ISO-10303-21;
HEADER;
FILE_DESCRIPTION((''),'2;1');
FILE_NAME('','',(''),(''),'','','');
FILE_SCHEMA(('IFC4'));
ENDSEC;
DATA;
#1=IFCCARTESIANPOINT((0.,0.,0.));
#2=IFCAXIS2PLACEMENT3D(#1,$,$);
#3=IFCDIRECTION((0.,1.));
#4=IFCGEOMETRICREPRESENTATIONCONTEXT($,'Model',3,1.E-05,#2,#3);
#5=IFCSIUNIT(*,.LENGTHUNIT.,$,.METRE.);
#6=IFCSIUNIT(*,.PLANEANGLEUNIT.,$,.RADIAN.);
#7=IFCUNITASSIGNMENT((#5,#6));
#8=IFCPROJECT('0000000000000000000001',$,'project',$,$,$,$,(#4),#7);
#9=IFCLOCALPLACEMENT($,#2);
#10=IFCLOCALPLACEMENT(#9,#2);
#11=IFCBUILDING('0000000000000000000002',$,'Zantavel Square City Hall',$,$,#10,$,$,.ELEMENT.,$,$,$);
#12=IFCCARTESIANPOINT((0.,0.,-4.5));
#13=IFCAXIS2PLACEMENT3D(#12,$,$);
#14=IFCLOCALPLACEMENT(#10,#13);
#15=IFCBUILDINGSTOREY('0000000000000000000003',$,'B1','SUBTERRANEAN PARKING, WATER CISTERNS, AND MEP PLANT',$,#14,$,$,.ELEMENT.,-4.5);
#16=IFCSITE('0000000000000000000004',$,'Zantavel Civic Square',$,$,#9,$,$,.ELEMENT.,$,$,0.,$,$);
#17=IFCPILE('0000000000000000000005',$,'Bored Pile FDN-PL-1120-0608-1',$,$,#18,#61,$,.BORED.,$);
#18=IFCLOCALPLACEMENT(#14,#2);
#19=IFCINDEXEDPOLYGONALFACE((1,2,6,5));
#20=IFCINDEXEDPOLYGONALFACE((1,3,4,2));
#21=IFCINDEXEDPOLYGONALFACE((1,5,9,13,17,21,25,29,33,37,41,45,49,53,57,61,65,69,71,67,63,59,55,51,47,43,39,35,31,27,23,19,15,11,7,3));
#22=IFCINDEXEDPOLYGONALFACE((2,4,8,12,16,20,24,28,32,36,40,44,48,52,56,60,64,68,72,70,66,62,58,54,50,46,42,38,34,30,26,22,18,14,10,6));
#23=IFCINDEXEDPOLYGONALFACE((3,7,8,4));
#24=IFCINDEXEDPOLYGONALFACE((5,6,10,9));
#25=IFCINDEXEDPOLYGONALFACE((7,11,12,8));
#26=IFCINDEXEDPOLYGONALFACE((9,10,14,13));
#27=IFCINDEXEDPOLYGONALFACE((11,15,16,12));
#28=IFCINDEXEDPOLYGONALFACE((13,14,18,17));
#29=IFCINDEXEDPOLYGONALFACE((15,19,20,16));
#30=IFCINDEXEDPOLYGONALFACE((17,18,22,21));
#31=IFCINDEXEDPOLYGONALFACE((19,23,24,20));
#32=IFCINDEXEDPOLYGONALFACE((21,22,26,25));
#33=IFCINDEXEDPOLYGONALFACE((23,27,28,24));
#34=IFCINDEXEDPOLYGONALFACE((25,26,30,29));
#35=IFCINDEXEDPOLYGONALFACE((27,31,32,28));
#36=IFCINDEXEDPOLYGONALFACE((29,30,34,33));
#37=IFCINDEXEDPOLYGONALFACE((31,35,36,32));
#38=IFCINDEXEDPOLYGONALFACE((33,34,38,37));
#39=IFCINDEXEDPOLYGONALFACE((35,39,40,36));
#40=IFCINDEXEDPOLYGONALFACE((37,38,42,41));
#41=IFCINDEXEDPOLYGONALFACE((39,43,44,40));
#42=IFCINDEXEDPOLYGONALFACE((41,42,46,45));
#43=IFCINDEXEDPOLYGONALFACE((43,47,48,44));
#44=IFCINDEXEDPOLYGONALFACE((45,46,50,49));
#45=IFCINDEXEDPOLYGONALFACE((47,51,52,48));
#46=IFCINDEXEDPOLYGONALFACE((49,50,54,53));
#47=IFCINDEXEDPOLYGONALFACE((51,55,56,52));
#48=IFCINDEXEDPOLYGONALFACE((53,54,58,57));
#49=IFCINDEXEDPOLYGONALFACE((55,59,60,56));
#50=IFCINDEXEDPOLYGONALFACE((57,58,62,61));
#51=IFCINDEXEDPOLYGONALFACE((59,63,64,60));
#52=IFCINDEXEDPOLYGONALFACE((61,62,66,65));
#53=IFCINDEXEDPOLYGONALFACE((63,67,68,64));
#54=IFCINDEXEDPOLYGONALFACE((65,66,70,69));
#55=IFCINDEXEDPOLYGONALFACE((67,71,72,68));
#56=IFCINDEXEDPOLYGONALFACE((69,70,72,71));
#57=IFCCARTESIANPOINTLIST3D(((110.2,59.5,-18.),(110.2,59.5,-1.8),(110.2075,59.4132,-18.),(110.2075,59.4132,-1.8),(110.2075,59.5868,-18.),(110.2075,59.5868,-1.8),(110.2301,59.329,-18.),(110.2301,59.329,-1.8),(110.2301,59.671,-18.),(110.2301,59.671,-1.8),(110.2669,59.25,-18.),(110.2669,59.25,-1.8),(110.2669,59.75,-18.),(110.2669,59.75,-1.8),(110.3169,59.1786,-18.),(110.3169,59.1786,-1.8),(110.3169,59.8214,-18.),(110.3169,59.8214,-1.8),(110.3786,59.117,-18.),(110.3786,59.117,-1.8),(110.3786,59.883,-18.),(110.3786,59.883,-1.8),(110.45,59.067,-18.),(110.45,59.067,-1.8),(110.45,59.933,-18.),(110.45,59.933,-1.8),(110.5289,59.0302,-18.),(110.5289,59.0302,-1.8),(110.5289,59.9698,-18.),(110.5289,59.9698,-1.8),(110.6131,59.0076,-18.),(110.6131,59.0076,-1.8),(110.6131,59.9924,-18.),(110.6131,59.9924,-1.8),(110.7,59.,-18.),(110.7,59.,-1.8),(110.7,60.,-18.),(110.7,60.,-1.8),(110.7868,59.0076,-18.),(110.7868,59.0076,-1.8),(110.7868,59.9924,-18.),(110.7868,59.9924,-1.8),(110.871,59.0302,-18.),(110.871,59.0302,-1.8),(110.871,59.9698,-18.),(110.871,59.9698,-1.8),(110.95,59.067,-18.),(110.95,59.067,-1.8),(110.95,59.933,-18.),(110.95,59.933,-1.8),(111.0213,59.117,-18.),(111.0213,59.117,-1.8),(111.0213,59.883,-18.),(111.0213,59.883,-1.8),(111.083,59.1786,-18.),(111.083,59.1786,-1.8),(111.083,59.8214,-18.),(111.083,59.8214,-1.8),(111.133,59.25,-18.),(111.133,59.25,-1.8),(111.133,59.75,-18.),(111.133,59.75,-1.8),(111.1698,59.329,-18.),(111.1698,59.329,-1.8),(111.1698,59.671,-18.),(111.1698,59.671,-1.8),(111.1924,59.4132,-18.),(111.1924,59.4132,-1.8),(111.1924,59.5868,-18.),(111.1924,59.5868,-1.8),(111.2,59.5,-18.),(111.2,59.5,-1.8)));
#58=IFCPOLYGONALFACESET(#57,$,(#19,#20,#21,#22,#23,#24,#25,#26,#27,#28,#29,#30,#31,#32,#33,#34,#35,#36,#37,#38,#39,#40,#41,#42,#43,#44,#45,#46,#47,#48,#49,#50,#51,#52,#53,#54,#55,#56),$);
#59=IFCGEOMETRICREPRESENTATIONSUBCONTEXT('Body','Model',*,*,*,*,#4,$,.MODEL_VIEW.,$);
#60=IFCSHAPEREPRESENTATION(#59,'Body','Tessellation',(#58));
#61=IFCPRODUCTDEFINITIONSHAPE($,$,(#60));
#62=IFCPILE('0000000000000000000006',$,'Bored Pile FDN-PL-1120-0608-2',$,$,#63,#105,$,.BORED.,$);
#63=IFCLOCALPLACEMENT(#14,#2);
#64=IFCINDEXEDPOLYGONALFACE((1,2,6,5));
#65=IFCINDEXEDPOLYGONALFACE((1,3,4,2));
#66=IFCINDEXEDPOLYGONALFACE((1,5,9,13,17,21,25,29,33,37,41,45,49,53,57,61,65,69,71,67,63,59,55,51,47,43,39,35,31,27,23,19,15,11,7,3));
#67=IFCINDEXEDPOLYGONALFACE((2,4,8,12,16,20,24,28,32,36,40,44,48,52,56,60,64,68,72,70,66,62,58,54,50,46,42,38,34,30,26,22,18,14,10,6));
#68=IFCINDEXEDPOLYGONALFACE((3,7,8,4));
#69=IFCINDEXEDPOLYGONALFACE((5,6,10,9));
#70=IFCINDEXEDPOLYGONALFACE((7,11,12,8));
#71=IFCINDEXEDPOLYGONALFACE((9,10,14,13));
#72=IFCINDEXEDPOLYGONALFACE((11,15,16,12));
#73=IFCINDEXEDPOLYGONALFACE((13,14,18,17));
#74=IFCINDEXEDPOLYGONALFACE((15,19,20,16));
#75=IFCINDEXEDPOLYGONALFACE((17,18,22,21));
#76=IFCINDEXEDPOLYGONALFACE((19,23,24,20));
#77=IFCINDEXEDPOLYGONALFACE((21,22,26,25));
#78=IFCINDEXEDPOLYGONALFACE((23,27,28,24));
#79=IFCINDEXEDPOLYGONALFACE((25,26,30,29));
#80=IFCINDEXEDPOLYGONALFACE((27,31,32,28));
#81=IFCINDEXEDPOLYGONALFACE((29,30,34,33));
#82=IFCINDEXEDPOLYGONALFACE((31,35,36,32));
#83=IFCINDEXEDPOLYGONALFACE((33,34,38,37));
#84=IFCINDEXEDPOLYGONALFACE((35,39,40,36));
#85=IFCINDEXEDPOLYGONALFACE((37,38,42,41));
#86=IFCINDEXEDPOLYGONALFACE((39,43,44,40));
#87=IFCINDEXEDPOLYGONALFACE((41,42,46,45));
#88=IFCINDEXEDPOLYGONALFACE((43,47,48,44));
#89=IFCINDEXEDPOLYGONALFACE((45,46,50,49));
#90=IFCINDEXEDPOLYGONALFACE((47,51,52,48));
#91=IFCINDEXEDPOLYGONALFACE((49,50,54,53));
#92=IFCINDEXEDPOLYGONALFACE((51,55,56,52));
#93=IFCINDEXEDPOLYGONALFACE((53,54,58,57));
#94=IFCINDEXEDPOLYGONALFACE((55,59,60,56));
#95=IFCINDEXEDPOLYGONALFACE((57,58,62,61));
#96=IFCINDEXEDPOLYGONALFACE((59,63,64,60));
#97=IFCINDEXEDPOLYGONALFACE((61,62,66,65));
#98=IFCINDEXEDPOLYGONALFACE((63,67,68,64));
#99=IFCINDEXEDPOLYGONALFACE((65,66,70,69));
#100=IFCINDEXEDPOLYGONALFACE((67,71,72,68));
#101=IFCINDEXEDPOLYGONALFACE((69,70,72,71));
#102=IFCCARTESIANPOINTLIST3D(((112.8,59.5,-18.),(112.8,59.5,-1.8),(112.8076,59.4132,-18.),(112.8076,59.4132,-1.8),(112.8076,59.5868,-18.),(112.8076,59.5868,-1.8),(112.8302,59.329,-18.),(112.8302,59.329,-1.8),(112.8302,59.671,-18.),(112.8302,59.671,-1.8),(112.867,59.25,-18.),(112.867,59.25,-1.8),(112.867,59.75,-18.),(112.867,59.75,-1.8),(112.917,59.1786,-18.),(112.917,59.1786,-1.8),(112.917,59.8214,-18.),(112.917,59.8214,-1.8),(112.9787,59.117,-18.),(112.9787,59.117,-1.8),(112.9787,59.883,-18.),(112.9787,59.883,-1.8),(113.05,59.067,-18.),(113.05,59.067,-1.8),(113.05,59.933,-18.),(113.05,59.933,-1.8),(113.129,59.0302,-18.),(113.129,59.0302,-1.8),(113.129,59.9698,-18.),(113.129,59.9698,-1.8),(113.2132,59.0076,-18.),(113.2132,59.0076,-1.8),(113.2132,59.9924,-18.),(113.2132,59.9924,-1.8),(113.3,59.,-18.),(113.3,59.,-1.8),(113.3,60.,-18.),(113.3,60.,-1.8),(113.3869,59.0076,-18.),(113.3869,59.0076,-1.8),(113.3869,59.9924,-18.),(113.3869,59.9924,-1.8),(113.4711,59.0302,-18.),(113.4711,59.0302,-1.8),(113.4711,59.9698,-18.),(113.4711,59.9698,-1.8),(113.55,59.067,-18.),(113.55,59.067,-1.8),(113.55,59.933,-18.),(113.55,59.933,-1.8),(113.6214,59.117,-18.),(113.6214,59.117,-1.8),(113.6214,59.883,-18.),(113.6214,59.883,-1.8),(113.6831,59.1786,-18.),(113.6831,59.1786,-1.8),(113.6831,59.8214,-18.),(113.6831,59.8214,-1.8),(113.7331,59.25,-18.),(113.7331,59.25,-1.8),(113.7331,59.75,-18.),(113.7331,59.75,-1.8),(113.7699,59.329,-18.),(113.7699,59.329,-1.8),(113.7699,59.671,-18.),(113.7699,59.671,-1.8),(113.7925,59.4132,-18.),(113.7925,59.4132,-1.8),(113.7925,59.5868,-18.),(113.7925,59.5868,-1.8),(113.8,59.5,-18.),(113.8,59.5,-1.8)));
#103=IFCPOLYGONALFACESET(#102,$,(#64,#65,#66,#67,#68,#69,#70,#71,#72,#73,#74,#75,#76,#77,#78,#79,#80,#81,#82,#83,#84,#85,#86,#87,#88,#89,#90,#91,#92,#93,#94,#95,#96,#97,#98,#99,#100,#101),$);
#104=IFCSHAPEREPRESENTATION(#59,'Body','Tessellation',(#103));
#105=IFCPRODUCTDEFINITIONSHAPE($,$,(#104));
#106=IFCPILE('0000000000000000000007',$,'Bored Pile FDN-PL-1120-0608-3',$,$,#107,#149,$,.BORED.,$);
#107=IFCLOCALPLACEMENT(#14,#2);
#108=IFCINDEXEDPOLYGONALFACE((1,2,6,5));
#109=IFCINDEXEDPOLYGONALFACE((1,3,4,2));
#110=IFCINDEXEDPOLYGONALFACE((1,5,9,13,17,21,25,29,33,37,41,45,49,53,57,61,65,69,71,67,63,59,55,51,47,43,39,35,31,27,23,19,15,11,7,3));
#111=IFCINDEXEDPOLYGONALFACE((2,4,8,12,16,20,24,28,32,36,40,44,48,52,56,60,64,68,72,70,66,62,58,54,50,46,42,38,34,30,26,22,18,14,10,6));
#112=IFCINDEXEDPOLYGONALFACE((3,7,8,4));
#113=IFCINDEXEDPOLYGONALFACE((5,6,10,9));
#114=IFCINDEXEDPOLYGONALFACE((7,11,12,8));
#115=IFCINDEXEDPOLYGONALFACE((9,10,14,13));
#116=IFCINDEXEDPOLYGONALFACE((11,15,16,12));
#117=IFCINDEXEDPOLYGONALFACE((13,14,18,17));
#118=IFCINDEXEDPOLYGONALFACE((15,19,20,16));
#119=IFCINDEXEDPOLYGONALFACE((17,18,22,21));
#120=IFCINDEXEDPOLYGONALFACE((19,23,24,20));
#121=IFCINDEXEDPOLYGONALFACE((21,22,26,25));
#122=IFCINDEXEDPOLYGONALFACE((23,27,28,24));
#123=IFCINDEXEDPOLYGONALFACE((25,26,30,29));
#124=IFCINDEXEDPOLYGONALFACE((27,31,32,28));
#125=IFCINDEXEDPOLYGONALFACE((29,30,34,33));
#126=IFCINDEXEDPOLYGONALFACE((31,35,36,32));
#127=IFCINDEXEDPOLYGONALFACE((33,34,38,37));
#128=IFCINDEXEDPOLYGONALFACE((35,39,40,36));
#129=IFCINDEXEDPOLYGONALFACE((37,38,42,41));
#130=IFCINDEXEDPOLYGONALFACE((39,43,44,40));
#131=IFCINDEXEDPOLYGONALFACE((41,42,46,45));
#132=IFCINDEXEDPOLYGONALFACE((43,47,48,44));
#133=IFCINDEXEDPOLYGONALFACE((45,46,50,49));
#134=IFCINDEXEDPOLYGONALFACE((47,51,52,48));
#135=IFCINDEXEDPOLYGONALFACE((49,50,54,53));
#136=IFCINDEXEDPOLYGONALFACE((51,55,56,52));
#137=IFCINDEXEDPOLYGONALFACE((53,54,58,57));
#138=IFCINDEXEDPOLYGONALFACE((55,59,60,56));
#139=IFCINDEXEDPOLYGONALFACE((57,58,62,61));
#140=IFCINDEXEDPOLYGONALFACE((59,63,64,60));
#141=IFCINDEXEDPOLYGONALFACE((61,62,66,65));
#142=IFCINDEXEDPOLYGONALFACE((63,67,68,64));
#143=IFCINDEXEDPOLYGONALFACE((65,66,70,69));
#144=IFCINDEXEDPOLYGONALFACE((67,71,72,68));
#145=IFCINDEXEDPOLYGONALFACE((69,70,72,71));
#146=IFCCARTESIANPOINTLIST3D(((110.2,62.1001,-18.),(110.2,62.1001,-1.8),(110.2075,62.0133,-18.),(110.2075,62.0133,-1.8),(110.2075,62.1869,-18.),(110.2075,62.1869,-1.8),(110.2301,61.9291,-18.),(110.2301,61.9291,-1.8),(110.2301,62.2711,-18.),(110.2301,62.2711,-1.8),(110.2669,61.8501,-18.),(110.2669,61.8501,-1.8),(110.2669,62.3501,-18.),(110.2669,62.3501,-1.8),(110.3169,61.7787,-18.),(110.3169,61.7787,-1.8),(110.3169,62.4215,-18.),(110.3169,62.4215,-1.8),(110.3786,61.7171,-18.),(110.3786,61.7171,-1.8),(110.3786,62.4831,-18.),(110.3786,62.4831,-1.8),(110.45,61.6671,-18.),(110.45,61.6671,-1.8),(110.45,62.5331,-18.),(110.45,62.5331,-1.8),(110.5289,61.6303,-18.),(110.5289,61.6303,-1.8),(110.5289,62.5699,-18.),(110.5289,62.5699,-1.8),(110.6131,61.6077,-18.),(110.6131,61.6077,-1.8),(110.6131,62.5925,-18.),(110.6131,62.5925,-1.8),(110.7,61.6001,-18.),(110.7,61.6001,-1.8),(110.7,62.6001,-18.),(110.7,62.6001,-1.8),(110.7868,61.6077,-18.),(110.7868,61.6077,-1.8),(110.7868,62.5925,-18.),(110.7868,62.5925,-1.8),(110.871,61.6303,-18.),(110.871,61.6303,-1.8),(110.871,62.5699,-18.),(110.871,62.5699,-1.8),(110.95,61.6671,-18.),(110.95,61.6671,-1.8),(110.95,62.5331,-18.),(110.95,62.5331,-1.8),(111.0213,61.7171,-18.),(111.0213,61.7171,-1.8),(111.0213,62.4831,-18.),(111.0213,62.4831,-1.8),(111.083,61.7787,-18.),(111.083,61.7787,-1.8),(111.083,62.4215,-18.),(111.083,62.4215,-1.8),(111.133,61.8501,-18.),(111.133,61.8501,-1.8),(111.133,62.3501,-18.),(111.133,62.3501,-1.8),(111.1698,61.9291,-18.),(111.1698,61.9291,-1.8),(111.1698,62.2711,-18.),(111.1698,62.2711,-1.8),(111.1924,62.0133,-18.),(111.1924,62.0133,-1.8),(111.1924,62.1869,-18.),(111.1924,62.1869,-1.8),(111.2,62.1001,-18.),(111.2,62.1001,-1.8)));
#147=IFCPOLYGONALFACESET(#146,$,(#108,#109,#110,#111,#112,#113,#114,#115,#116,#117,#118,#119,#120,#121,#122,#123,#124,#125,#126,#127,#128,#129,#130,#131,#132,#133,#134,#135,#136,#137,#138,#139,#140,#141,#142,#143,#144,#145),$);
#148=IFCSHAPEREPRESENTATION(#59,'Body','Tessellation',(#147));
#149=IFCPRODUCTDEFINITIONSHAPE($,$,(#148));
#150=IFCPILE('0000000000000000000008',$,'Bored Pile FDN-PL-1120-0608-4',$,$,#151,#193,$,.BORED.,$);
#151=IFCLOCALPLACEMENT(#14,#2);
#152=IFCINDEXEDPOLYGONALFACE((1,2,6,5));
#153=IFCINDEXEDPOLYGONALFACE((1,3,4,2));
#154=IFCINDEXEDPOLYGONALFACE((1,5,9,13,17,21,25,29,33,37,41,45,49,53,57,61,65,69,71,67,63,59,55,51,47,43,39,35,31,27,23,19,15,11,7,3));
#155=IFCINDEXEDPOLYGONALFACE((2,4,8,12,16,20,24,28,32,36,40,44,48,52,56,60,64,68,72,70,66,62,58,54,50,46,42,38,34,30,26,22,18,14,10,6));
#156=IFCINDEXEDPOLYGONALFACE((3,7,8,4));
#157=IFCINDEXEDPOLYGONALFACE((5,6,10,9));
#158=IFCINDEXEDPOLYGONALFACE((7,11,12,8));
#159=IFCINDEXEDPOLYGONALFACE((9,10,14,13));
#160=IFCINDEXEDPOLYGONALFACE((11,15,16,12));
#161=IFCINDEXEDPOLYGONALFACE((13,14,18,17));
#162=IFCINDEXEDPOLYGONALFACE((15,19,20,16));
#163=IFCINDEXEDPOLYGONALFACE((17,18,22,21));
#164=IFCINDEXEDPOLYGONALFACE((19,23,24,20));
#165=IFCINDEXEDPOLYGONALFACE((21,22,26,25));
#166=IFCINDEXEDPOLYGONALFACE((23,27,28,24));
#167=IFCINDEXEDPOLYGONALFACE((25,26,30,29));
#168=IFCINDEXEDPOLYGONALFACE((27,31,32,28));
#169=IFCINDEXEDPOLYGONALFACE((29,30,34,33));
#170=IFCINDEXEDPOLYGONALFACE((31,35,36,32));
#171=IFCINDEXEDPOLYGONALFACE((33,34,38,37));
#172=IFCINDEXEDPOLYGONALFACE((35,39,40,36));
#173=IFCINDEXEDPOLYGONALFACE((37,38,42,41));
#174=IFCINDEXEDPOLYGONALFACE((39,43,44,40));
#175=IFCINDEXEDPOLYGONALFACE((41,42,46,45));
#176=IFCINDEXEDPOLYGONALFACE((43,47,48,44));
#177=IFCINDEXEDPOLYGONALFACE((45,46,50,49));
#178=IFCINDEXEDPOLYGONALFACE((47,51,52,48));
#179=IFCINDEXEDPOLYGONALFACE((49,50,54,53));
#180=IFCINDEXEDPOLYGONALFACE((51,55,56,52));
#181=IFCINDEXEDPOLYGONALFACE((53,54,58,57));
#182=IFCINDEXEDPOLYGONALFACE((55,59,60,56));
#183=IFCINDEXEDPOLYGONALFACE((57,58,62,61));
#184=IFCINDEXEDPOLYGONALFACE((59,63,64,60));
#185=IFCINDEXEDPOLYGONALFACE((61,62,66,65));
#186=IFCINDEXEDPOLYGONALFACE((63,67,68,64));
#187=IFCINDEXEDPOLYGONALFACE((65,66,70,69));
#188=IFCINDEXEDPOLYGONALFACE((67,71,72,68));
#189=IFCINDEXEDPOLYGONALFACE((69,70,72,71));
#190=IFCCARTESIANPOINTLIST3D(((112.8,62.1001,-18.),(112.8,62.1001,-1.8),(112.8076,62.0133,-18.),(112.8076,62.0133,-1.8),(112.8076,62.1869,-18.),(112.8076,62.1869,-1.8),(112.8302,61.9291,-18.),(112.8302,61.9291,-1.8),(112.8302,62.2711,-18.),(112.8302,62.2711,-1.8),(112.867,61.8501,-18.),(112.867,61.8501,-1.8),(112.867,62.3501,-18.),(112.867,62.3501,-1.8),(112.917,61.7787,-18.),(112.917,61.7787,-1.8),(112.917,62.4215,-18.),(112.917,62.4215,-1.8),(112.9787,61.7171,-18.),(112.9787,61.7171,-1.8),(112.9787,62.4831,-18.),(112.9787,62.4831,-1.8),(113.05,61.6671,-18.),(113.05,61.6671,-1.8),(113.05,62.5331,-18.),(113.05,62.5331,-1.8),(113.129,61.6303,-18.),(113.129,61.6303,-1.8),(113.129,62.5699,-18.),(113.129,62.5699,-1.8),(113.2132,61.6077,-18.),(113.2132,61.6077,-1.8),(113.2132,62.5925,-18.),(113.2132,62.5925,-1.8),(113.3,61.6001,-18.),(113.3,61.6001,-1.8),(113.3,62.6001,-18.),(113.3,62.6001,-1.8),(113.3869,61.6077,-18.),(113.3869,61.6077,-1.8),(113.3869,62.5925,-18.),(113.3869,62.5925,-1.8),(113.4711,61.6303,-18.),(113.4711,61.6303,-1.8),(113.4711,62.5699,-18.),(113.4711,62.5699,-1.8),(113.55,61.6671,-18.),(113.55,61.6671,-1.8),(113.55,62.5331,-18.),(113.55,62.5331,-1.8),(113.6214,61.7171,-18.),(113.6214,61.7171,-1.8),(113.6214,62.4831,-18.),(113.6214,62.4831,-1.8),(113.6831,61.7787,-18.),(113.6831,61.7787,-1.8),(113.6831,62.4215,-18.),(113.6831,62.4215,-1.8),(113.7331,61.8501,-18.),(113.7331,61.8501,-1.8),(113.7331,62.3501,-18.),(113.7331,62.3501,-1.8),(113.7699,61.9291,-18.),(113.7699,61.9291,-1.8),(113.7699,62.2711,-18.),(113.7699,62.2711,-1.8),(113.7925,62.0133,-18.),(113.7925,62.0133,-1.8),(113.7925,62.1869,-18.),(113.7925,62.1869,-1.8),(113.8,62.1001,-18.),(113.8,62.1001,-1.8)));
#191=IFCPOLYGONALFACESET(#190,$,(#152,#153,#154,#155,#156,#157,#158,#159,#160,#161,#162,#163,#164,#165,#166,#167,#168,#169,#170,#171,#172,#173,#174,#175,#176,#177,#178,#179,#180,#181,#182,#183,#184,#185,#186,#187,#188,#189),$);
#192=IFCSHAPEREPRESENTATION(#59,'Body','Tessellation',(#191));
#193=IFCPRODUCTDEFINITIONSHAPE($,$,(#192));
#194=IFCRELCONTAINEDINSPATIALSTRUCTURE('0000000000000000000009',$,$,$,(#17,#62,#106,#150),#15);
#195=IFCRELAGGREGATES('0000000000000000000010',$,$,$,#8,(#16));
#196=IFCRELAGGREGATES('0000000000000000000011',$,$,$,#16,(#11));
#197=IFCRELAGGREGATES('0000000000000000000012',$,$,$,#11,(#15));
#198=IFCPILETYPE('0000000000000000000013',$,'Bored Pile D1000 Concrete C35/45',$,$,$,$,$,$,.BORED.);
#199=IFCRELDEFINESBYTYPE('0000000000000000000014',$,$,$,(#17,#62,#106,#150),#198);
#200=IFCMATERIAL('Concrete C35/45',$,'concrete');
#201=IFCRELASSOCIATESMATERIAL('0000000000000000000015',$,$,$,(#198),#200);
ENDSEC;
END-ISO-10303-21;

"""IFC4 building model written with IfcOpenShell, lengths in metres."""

from ifc_helpers import new_model, si_unit, direction, frame, origin, origin_2d, place, context, subcontext, project, spatial, circle, extrude, material, material_profile, profile_set, type_object, element, save


model = new_model("IFC4")

# Units and contexts
model_context = context("Model", 3, precision=1e-05, world=origin(), true_north=direction((0.0, 1.0)))
body_context = subcontext(model_context, "Body", "Model", "MODEL_VIEW")
ifc_project = project(units=[si_unit("LENGTHUNIT", "METRE"), si_unit("PLANEANGLEUNIT", "RADIAN")], contexts=[model_context])

# Site, building, storey
site_placement = place(None, origin())
site = spatial("IfcSite", under=ifc_project, at=site_placement, Name="Zantavel Civic Square", CompositionType="ELEMENT", RefElevation=0.0)
building_placement = place(site_placement, origin())
building = spatial("IfcBuilding", under=site, at=building_placement, Name="Zantavel Square City Hall", CompositionType="ELEMENT")
storey_placement = place(building_placement, frame((0.0, 0.0, -4.5)))
storey = spatial("IfcBuildingStorey", under=building, at=storey_placement, Name="B1", Description="SUBTERRANEAN PARKING, WATER CISTERNS, AND MEP PLANT", CompositionType="ELEMENT", Elevation=-4.5)

# Piles
ifc_material_1 = material(Name="Concrete C35/45", Category="concrete")
ifc_material_profile_1 = material_profile(ifc_material_1, circle(Radius=0.5, at=origin_2d()), Name="PILE D1000")
ifc_profile_set_1 = profile_set([ifc_material_profile_1], Name="Concrete C35/45")
pile_type_1 = type_object("IfcPileType", Name="Bored Pile D1000 Concrete C35/45", PredefinedType="BORED", material=ifc_profile_set_1)
for number, where, z_axis, x_axis, name in (
    (1, (110.7, 59.5, -1.8), (0.0, 0.0, -1.0), (1.0, 0.0, 0.0), "Bored Pile FDN-PL-1120-0608-1"),
    (2, (113.3, 59.5, -1.8), (0.0, 0.0, -1.0), (1.0, 0.0, 0.0), "Bored Pile FDN-PL-1120-0608-2"),
    (3, (110.7, 62.1001, -1.8), (0.0, 0.0, -1.0), (1.0, 0.0, 0.0), "Bored Pile FDN-PL-1120-0608-3"),
    (4, (113.3, 62.1001, -1.8), (0.0, 0.0, -1.0), (1.0, 0.0, 0.0), "Bored Pile FDN-PL-1120-0608-4"),
):
    element("IfcPile", number, at=place(storey_placement, frame(where, z_axis=z_axis, x_axis=x_axis)), inside=storey, type_object=pile_type_1, Name=name, PredefinedType="BORED", context=body_context, shape_type="SweptSolid", body=[
        extrude(circle(Radius=0.5, at=origin_2d()), origin(), (0.0, 0.0, 1.0), 16.2),
    ])

save(model, "model.ifc")
